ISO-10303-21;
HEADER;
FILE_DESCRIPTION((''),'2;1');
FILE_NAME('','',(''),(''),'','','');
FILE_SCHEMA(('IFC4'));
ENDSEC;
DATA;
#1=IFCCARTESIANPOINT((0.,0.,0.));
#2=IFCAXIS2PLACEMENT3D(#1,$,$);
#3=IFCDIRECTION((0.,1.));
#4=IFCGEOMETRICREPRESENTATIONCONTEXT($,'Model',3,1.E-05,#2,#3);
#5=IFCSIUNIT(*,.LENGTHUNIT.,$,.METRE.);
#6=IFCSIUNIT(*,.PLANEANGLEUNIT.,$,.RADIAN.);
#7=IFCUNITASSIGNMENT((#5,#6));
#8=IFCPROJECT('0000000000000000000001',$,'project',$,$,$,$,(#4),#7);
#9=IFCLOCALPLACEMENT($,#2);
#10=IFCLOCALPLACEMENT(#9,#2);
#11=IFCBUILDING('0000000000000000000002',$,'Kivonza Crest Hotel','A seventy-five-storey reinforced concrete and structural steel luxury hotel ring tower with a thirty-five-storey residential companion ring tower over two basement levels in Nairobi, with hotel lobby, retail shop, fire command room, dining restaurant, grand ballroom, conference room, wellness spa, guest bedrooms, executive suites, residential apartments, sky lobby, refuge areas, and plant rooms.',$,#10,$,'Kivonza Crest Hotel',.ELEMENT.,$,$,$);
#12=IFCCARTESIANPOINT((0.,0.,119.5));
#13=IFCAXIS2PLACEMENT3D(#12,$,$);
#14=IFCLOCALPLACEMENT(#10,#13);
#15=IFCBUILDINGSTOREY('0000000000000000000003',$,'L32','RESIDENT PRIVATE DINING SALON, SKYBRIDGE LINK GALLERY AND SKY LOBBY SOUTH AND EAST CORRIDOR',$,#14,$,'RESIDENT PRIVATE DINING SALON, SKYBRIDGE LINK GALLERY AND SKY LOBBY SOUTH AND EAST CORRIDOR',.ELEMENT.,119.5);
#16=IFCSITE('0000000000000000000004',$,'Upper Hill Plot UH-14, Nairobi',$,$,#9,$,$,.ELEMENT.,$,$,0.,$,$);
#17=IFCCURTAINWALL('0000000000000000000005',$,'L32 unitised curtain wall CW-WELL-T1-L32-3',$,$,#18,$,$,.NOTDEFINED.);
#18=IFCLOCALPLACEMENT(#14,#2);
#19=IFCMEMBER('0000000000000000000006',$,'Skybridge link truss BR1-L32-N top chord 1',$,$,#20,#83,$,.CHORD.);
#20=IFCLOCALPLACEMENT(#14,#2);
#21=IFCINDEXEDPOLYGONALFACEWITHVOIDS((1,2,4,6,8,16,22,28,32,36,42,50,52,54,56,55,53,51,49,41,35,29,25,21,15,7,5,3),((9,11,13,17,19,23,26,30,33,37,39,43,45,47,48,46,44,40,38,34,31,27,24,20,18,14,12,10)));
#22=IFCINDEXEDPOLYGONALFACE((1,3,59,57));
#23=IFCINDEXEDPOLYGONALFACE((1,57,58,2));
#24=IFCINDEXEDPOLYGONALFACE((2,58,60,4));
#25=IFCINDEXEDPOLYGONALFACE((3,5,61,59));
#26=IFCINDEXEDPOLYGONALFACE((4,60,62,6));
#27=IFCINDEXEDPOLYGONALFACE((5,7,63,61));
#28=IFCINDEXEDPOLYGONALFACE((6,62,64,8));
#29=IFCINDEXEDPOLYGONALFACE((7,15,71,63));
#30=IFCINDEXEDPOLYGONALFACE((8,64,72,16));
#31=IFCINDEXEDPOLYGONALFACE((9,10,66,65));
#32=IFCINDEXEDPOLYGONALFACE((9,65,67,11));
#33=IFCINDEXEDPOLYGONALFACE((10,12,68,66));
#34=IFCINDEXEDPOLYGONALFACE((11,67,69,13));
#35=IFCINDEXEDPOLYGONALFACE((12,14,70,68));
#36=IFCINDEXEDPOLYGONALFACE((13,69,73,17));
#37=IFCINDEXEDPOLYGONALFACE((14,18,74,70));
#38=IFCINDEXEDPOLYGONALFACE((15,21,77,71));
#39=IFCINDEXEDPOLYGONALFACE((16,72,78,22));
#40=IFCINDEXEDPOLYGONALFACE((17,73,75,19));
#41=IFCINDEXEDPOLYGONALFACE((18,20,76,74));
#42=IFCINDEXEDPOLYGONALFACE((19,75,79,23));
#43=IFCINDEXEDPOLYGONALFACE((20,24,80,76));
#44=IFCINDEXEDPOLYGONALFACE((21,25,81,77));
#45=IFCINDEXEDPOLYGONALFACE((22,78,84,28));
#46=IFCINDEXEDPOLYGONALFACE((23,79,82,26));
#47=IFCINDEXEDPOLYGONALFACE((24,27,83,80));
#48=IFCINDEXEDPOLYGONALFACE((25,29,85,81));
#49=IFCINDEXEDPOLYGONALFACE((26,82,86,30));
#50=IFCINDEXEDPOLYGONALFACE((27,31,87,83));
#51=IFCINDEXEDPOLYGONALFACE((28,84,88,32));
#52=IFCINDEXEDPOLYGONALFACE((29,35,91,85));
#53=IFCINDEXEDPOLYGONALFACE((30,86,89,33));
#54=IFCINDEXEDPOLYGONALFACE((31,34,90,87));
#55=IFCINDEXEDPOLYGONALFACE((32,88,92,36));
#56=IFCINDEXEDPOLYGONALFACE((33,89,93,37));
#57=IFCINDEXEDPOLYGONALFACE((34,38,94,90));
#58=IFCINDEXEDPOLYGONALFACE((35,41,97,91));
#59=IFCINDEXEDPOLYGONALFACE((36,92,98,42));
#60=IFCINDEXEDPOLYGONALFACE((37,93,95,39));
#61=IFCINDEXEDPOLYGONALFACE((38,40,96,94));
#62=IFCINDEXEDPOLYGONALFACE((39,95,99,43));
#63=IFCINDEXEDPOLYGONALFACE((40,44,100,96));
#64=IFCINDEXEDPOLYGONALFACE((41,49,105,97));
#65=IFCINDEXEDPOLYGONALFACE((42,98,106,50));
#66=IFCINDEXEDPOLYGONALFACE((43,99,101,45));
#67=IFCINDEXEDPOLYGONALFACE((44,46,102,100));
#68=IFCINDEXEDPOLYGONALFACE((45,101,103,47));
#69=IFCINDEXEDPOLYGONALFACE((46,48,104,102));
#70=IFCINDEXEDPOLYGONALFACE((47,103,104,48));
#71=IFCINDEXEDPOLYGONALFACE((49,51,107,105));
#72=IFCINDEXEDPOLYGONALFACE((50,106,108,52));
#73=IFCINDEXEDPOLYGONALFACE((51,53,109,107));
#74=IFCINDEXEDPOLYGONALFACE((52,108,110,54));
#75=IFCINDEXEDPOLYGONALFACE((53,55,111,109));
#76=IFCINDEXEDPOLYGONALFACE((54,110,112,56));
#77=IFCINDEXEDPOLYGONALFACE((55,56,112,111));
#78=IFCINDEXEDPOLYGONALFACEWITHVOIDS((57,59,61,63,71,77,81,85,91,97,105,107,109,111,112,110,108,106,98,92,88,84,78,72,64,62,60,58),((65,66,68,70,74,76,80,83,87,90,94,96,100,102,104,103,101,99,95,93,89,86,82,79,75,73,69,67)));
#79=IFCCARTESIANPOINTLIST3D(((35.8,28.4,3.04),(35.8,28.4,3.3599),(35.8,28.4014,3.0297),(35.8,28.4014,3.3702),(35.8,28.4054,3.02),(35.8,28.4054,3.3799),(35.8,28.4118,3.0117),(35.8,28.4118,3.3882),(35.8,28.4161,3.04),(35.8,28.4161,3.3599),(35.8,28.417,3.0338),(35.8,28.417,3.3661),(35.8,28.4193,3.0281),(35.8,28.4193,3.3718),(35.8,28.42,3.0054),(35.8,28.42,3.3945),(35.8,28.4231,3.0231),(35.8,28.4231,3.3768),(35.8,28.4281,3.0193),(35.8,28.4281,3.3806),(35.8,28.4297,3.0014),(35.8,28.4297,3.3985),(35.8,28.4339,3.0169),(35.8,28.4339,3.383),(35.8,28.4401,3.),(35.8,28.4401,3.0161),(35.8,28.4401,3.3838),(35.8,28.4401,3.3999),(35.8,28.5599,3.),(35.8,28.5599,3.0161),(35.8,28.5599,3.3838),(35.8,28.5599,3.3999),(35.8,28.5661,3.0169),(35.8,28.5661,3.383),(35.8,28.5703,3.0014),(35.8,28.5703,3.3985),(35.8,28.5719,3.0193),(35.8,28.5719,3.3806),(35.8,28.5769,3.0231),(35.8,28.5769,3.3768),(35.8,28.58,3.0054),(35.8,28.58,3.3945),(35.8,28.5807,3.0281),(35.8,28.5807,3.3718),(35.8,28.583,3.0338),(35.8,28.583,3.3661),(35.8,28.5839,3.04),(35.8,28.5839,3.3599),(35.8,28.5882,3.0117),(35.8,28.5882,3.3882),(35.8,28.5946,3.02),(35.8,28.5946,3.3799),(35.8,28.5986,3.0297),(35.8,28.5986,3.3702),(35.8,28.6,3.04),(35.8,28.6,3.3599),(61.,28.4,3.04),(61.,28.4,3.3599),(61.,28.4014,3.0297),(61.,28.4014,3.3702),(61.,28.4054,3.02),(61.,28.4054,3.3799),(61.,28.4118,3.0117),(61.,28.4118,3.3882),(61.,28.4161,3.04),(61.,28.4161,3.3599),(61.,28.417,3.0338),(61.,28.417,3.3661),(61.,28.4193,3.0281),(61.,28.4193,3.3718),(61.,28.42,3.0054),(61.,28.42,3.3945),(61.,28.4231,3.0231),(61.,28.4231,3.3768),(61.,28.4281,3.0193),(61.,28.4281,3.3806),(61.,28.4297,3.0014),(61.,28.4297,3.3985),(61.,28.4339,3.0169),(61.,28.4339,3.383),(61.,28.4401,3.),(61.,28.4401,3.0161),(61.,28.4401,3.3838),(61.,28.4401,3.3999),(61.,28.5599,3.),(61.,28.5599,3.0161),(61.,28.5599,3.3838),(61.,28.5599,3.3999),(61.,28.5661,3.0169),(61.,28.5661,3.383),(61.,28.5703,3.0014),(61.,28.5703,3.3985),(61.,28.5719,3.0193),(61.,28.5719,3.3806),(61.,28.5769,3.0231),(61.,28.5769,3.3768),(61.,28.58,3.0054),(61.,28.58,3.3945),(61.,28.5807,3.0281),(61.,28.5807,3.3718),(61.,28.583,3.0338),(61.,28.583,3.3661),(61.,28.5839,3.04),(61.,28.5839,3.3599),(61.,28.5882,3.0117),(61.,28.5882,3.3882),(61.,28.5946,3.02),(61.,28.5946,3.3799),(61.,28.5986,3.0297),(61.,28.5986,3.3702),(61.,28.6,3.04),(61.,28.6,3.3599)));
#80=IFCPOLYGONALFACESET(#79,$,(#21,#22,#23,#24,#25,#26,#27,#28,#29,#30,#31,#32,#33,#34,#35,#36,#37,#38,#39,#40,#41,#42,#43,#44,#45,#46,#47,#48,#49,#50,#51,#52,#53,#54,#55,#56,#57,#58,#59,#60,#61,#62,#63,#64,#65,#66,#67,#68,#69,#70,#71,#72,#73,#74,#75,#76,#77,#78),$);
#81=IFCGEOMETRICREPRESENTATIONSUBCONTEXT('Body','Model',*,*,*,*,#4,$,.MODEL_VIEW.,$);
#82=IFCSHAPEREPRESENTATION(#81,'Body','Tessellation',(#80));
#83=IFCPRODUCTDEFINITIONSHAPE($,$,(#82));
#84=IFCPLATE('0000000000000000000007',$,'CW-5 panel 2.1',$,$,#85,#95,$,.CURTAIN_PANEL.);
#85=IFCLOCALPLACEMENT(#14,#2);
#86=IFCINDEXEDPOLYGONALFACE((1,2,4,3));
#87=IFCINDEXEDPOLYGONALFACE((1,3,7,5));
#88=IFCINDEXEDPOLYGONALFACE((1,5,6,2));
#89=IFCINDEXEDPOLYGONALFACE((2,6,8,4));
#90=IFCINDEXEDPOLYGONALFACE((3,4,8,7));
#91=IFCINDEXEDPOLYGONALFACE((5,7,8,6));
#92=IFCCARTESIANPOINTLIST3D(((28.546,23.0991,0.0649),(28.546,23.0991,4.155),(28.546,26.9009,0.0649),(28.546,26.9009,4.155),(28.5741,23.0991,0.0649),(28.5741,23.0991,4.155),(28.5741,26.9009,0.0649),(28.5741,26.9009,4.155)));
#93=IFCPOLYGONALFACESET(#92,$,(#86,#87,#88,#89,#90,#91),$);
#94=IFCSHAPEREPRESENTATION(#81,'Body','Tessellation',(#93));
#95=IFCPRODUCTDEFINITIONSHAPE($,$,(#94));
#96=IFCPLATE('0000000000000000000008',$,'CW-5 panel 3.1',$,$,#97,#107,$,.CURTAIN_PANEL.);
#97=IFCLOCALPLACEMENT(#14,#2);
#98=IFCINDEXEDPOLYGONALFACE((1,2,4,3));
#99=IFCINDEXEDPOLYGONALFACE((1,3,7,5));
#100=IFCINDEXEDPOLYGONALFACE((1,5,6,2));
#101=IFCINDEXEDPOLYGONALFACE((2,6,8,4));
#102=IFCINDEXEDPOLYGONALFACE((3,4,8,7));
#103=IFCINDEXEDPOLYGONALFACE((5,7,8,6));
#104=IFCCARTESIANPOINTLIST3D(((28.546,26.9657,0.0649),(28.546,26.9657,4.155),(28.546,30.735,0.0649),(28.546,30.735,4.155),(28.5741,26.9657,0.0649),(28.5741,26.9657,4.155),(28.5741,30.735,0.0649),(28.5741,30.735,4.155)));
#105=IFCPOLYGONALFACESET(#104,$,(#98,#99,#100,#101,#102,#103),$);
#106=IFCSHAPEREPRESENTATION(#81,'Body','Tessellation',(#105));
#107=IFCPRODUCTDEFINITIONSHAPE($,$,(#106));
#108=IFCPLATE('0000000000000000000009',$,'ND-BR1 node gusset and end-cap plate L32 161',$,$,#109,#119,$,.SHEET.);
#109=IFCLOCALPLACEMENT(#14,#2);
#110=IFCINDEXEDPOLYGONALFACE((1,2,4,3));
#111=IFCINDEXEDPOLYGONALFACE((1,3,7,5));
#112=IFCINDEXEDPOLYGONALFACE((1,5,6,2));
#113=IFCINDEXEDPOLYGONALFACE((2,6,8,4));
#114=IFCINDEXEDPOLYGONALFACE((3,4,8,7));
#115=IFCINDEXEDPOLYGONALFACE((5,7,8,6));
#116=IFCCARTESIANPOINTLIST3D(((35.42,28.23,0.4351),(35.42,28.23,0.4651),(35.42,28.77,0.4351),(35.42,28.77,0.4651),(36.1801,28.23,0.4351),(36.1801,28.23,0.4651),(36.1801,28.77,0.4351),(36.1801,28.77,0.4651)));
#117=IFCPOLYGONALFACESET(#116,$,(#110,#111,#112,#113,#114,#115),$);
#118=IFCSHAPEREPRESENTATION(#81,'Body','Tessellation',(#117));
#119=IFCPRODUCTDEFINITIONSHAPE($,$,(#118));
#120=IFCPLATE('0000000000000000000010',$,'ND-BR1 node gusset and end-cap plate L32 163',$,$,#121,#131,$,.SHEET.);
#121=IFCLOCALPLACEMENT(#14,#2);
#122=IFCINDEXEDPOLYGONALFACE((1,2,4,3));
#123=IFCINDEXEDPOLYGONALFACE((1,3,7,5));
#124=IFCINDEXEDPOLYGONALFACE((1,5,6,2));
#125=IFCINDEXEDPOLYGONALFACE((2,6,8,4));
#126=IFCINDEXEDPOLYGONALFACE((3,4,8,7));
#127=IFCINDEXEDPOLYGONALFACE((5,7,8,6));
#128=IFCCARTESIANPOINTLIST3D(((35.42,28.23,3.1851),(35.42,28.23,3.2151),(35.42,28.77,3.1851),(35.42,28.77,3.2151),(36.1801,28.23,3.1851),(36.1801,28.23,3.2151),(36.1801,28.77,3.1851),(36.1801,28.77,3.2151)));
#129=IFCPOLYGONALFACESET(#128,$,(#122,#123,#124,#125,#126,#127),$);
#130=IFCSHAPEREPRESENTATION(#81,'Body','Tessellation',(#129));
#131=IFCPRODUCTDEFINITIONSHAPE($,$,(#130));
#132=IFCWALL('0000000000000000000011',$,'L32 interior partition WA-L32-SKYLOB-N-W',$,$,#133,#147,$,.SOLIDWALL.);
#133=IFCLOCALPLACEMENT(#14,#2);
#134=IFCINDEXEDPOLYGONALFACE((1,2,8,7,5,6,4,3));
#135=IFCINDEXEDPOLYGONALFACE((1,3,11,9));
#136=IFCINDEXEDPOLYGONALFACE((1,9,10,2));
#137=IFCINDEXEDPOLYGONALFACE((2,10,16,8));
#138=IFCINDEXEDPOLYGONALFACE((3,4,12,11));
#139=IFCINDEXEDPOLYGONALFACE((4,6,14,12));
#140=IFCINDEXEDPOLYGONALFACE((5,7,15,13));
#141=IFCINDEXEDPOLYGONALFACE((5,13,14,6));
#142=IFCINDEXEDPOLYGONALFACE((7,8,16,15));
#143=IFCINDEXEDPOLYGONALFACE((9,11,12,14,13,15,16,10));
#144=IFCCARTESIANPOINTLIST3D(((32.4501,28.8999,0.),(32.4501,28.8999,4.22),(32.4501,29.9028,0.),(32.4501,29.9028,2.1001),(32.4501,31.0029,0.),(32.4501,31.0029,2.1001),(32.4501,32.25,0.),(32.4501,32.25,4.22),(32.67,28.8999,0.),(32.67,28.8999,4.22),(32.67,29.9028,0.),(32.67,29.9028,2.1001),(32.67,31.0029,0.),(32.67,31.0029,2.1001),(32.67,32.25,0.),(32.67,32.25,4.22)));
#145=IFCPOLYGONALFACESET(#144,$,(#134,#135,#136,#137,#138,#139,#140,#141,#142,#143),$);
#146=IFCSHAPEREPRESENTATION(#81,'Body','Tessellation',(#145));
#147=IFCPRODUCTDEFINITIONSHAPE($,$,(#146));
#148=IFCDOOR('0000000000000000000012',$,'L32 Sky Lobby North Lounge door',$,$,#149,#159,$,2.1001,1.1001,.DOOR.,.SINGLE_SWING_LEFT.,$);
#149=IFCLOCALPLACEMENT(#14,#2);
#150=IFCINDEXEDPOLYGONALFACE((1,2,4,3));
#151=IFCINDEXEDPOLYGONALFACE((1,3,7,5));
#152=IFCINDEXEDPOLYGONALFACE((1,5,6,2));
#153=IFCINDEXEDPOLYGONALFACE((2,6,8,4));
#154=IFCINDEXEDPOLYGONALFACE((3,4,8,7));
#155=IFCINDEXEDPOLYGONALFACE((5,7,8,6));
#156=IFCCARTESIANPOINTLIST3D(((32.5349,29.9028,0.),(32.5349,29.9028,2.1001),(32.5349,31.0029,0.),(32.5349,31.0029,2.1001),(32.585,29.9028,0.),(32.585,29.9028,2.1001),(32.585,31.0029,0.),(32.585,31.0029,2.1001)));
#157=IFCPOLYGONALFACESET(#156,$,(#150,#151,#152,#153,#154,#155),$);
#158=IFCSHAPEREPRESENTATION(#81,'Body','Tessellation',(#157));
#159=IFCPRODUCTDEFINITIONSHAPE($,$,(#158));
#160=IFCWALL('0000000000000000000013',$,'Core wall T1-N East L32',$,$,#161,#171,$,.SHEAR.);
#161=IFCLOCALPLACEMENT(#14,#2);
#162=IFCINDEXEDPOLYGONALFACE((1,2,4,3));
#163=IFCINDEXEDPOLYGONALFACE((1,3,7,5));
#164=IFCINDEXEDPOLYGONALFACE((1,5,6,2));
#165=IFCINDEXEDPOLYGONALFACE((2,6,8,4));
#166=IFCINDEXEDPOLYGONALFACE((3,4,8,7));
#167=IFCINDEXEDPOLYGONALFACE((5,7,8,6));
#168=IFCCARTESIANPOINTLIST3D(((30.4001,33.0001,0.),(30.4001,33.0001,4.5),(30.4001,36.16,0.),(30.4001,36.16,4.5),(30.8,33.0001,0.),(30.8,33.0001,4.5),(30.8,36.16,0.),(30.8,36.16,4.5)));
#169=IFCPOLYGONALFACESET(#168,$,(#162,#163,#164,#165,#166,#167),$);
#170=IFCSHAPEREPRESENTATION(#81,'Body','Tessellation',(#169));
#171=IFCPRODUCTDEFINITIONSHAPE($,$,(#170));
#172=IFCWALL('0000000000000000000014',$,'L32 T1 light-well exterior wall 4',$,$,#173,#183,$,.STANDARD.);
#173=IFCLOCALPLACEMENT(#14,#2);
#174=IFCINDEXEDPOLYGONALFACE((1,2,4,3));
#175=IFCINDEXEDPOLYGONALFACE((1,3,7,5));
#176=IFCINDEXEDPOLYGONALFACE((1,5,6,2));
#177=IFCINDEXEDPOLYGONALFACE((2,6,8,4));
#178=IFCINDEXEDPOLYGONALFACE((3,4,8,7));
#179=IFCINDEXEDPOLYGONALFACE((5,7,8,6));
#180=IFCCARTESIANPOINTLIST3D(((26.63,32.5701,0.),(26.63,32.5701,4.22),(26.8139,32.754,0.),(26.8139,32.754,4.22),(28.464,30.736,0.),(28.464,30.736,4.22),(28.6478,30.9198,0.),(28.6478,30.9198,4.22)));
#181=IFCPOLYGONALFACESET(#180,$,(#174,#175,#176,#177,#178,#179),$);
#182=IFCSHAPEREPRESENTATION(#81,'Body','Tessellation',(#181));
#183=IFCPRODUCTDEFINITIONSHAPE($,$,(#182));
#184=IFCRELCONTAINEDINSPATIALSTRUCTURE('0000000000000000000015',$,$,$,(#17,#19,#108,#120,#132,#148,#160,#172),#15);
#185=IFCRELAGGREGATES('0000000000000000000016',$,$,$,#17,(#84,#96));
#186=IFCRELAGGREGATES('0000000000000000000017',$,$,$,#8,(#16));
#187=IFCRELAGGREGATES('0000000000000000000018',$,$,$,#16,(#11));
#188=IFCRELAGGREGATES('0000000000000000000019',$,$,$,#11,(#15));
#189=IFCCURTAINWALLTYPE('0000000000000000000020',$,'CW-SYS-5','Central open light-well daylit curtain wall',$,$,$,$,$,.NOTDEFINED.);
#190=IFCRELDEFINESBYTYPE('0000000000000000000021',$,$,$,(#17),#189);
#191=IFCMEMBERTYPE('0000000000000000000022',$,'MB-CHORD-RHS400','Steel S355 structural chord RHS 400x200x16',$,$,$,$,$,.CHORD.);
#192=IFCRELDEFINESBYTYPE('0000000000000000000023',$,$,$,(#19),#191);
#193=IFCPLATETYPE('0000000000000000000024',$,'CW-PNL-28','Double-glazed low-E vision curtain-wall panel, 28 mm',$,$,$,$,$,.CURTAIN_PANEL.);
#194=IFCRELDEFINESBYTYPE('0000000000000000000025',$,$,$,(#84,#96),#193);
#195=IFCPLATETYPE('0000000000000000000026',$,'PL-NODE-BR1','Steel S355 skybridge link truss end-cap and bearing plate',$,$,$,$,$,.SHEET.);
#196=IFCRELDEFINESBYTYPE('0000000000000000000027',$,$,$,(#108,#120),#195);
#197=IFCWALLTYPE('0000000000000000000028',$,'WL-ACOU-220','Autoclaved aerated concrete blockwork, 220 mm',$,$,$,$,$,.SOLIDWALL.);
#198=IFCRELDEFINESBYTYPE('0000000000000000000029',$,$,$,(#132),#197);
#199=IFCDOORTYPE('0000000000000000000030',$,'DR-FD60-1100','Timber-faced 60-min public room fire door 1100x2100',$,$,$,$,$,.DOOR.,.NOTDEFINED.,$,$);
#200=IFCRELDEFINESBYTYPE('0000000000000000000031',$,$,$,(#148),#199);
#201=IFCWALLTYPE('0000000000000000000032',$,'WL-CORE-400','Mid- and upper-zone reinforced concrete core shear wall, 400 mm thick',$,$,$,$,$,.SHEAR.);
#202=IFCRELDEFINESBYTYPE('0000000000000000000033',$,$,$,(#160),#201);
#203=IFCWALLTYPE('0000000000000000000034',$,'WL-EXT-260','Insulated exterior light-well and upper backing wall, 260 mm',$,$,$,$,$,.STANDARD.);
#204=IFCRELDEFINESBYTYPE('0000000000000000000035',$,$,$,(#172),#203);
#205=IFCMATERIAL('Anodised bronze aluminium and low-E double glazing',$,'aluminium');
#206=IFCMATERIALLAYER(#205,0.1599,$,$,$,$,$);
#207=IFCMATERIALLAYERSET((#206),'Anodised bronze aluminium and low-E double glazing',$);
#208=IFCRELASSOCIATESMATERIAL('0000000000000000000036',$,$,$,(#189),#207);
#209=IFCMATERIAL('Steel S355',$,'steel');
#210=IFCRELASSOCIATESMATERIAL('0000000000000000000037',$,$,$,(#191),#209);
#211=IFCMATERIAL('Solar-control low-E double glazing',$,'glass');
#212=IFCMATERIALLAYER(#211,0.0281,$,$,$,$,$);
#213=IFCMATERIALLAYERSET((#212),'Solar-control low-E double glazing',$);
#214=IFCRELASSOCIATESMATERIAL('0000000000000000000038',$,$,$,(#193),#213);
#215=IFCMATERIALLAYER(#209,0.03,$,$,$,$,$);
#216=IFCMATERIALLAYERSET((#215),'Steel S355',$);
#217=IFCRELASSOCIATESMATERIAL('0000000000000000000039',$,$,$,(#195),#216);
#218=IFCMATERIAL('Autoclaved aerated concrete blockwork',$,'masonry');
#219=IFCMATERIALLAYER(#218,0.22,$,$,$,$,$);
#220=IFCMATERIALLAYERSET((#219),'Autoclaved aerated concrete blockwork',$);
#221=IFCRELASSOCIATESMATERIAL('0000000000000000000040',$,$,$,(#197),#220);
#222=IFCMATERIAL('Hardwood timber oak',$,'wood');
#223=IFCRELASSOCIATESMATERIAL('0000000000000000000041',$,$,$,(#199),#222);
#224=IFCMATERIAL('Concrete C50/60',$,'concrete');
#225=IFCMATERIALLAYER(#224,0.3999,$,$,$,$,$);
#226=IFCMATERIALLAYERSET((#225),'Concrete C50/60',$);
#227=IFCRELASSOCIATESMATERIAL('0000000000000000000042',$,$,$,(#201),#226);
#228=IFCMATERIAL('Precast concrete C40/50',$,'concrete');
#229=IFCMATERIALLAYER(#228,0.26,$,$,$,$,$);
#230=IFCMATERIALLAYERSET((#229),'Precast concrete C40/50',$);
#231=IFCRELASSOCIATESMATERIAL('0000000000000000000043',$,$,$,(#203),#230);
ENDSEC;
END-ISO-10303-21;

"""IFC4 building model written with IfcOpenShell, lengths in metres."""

from ifc_helpers import new_model, si_unit, direction, frame, frame_2d, origin, origin_2d, place, context, subcontext, project, spatial, rectangle, hollow_rectangle, extrude, material, layer, layer_set, material_profile, profile_set, type_object, element, fill, aggregate, save


model = new_model("IFC4")

# Units and contexts
model_context = context("Model", 3, precision=1e-05, world=origin(), true_north=direction((0.0, 1.0)))
body_context = subcontext(model_context, "Body", "Model", "MODEL_VIEW")
ifc_project = project(units=[si_unit("LENGTHUNIT", "METRE"), si_unit("PLANEANGLEUNIT", "RADIAN")], contexts=[model_context])

# Site, building, storey
site_placement = place(None, origin())
site = spatial("IfcSite", under=ifc_project, at=site_placement, Name="Upper Hill Plot UH-14, Nairobi", CompositionType="ELEMENT", RefElevation=0.0)
building_placement = place(site_placement, origin())
building = spatial("IfcBuilding", under=site, at=building_placement, Name="Kivonza Crest Hotel", Description="A seventy-five-storey reinforced concrete and structural steel luxury hotel ring tower with a thirty-five-storey residential companion ring tower over two basement levels in Nairobi, with hotel lobby, retail shop, fire command room, dining restaurant, grand ballroom, conference room, wellness spa, guest bedrooms, executive suites, residential apartments, sky lobby, refuge areas, and plant rooms.", LongName="Kivonza Crest Hotel", CompositionType="ELEMENT")
storey_placement = place(building_placement, frame((0.0, 0.0, 119.5)))
storey = spatial("IfcBuildingStorey", under=building, at=storey_placement, Name="L32", Description="RESIDENT PRIVATE DINING SALON, SKYBRIDGE LINK GALLERY AND SKY LOBBY SOUTH AND EAST CORRIDOR", LongName="RESIDENT PRIVATE DINING SALON, SKYBRIDGE LINK GALLERY AND SKY LOBBY SOUTH AND EAST CORRIDOR", CompositionType="ELEMENT", Elevation=119.5)

# Shared definitions
ifc_material_1 = material(Name="Concrete C50/60", Category="concrete")
ifc_material_2 = material(Name="Steel S355", Category="steel")

# Curtain wall
ifc_material_3 = material(Name="Anodised bronze aluminium and low-E double glazing", Category="aluminium")
ifc_layer_1 = layer(ifc_material_3, 0.1599)
ifc_layer_set_1 = layer_set([ifc_layer_1], Name="Anodised bronze aluminium and low-E double glazing")
curtain_wall_type = type_object("IfcCurtainWallType", Name="CW-SYS-5", Description="Central open light-well daylit curtain wall", PredefinedType="NOTDEFINED", material=ifc_layer_set_1)
curtain_wall_placement = place(storey_placement, origin())
curtain_wall = element("IfcCurtainWall", 1, at=curtain_wall_placement, inside=storey, type_object=curtain_wall_type, Name="L32 unitised curtain wall CW-WELL-T1-L32-3", PredefinedType="NOTDEFINED")

# Member
ifc_material_profile_1 = material_profile(ifc_material_2, hollow_rectangle(XDim=0.2, YDim=0.3999, WallThickness=0.0161, InnerFilletRadius=0.0239, OuterFilletRadius=0.04, at=origin_2d()), Name="RHS 400x200x16")
ifc_profile_set_1 = profile_set([ifc_material_profile_1], Name="Steel S355")
member_type_1 = type_object("IfcMemberType", Name="MB-CHORD-RHS400", Description="Steel S355 structural chord RHS 400x200x16", PredefinedType="CHORD", material=ifc_profile_set_1)
for number, where, z_axis, x_axis, name in (
    (2, (35.8, 28.5, 3.2), (1.0, 0.0, 0.0), (0.0, 1.0, 0.0), "Skybridge link truss BR1-L32-N top chord 1"),
):
    element("IfcMember", number, at=place(storey_placement, frame(where, z_axis=z_axis, x_axis=x_axis)), inside=storey, type_object=member_type_1, Name=name, PredefinedType="CHORD", context=body_context, shape_type="SweptSolid", body=[
        extrude(hollow_rectangle(XDim=0.2, YDim=0.3999, WallThickness=0.0161, InnerFilletRadius=0.0239, OuterFilletRadius=0.04, at=origin_2d()), origin(), (0.0, 0.0, 1.0), 25.2),
    ])

# Plates
ifc_material_4 = material(Name="Solar-control low-E double glazing", Category="glass")
ifc_layer_2 = layer(ifc_material_4, 0.0281)
ifc_layer_set_2 = layer_set([ifc_layer_2], Name="Solar-control low-E double glazing")
plate_type_1 = type_object("IfcPlateType", Name="CW-PNL-28", Description="Double-glazed low-E vision curtain-wall panel, 28 mm", PredefinedType="CURTAIN_PANEL", material=ifc_layer_set_2)
plate_1_placement = place(storey_placement, frame((28.5601, 25.0, 0.0649), z_axis=(0.0, 0.0, 1.0), x_axis=(0.0, 1.0, 0.0)))
plate_1 = element("IfcPlate", 3, at=plate_1_placement, type_object=plate_type_1, Name="CW-5 panel 2.1", PredefinedType="CURTAIN_PANEL", context=body_context, shape_type="SweptSolid", body=[
    extrude(rectangle(XDim=3.8018, YDim=0.0281, at=origin_2d()), origin(), (0.0, 0.0, 1.0), 4.0901),
])
plate_2_placement = place(storey_placement, frame((28.5601, 28.8503, 0.0649), z_axis=(0.0, 0.0, 1.0), x_axis=(0.0, 1.0, 0.0)))
plate_2 = element("IfcPlate", 4, at=plate_2_placement, type_object=plate_type_1, Name="CW-5 panel 3.1", PredefinedType="CURTAIN_PANEL", context=body_context, shape_type="SweptSolid", body=[
    extrude(rectangle(XDim=3.7693, YDim=0.0281, at=origin_2d()), origin(), (0.0, 0.0, 1.0), 4.0901),
])
aggregate(curtain_wall, [plate_1, plate_2])

# Plates
ifc_layer_3 = layer(ifc_material_2, 0.03)
ifc_layer_set_3 = layer_set([ifc_layer_3], Name="Steel S355")
plate_type_2 = type_object("IfcPlateType", Name="PL-NODE-BR1", Description="Steel S355 skybridge link truss end-cap and bearing plate", PredefinedType="SHEET", material=ifc_layer_set_3)
for number, where, z_axis, x_axis, name in (
    (5, (35.8, 28.5, 0.4351), (0.0, 0.0, 1.0), (1.0, 0.0, 0.0), "ND-BR1 node gusset and end-cap plate L32 161"),
    (6, (35.8, 28.5, 3.1851), (0.0, 0.0, 1.0), (1.0, 0.0, 0.0), "ND-BR1 node gusset and end-cap plate L32 163"),
):
    element("IfcPlate", number, at=place(storey_placement, frame(where, z_axis=z_axis, x_axis=x_axis)), inside=storey, type_object=plate_type_2, Name=name, PredefinedType="SHEET", context=body_context, shape_type="SweptSolid", body=[
        extrude(rectangle(XDim=0.76, YDim=0.54, at=origin_2d()), origin(), (0.0, 0.0, 1.0), 0.03),
    ])

# Wall, opening, door
ifc_material_5 = material(Name="Autoclaved aerated concrete blockwork", Category="masonry")
ifc_layer_4 = layer(ifc_material_5, 0.22)
ifc_layer_set_4 = layer_set([ifc_layer_4], Name="Autoclaved aerated concrete blockwork")
wall_type_1 = type_object("IfcWallType", Name="WL-ACOU-220", Description="Autoclaved aerated concrete blockwork, 220 mm", PredefinedType="SOLIDWALL", material=ifc_layer_set_4)
wall_1_placement = place(storey_placement, frame((32.5601, 28.8999, 0.0), z_axis=(0.0, 0.0, 1.0), x_axis=(0.0, 1.0, 0.0)))
wall_1 = element("IfcWall", 7, at=wall_1_placement, inside=storey, type_object=wall_type_1, Name="L32 interior partition WA-L32-SKYLOB-N-W", PredefinedType="SOLIDWALL", context=body_context, shape_type="SweptSolid", body=[
    extrude(rectangle(XDim=3.3501, YDim=0.22, at=frame_2d((1.675, 0.0))), origin(), (0.0, 0.0, 1.0), 4.22),
])
opening_placement = place(wall_1_placement, frame((1.0029, 0.0, 0.0)))
opening = element("IfcOpeningElement", 8, at=opening_placement, cuts=wall_1, PredefinedType="OPENING", context=body_context, shape_type="SweptSolid", body=[
    extrude(rectangle(XDim=1.1001, YDim=2.1001, at=frame_2d((0.55, 1.05))), frame((0.0, 0.1201, 0.0), z_axis=(0.0, -1.0, 0.0), x_axis=(1.0, 0.0, 0.0)), (0.0, 0.0, 1.0), 0.24),
])
ifc_material_6 = material(Name="Hardwood timber oak", Category="wood")
door_type = type_object("IfcDoorType", Name="DR-FD60-1100", Description="Timber-faced 60-min public room fire door 1100x2100", OperationType="NOTDEFINED", PredefinedType="DOOR", material=ifc_material_6)
door_placement = place(opening_placement, frame((1.1001, 0.0, 0.0), z_axis=(0.0, 0.0, 1.0), x_axis=(-1.0, 0.0, 0.0)))
door = element("IfcDoor", 9, at=door_placement, inside=storey, type_object=door_type, Name="L32 Sky Lobby North Lounge door", OperationType="SINGLE_SWING_LEFT", OverallHeight=2.1001, OverallWidth=1.1001, PredefinedType="DOOR", context=body_context, shape_type="SweptSolid", body=[
    extrude(rectangle(XDim=1.1001, YDim=2.1001, at=frame_2d((0.55, 1.05))), frame((0.0, 0.0249, 0.0), z_axis=(0.0, -1.0, 0.0), x_axis=(1.0, 0.0, 0.0)), (0.0, 0.0, 1.0), 0.05),
])
fill(opening, door)

# Walls
ifc_layer_5 = layer(ifc_material_1, 0.3999)
ifc_layer_set_5 = layer_set([ifc_layer_5], Name="Concrete C50/60")
wall_type_2 = type_object("IfcWallType", Name="WL-CORE-400", Description="Mid- and upper-zone reinforced concrete core shear wall, 400 mm thick", PredefinedType="SHEAR", material=ifc_layer_set_5)
wall_2_placement = place(storey_placement, frame((30.6001, 33.0, 0.0), z_axis=(0.0, 0.0, 1.0), x_axis=(0.0, 1.0, 0.0)))
element("IfcWall", 10, at=wall_2_placement, inside=storey, type_object=wall_type_2, Name="Core wall T1-N East L32", PredefinedType="SHEAR", context=body_context, shape_type="SweptSolid", body=[
    extrude(rectangle(XDim=3.1599, YDim=0.3999, at=frame_2d((1.5801, 0.0))), origin(), (0.0, 0.0, 1.0), 4.5),
])
ifc_material_7 = material(Name="Precast concrete C40/50", Category="concrete")
ifc_layer_6 = layer(ifc_material_7, 0.26)
ifc_layer_set_6 = layer_set([ifc_layer_6], Name="Precast concrete C40/50")
wall_type_3 = type_object("IfcWallType", Name="WL-EXT-260", Description="Insulated exterior light-well and upper backing wall, 260 mm", PredefinedType="STANDARD", material=ifc_layer_set_6)
wall_3_placement = place(storey_placement, frame((28.5559, 30.8279, 0.0), z_axis=(0.0, 0.0, 1.0), x_axis=(-0.70706, 0.707154, 0.0)))
element("IfcWall", 11, at=wall_3_placement, inside=storey, type_object=wall_type_3, Name="L32 T1 light-well exterior wall 4", PredefinedType="STANDARD", context=body_context, shape_type="SweptSolid", body=[
    extrude(rectangle(XDim=2.5938, YDim=0.26, at=frame_2d((1.2969, 0.0))), origin(), (0.0, 0.0, 1.0), 4.22),
])

save(model, "model.ifc")
